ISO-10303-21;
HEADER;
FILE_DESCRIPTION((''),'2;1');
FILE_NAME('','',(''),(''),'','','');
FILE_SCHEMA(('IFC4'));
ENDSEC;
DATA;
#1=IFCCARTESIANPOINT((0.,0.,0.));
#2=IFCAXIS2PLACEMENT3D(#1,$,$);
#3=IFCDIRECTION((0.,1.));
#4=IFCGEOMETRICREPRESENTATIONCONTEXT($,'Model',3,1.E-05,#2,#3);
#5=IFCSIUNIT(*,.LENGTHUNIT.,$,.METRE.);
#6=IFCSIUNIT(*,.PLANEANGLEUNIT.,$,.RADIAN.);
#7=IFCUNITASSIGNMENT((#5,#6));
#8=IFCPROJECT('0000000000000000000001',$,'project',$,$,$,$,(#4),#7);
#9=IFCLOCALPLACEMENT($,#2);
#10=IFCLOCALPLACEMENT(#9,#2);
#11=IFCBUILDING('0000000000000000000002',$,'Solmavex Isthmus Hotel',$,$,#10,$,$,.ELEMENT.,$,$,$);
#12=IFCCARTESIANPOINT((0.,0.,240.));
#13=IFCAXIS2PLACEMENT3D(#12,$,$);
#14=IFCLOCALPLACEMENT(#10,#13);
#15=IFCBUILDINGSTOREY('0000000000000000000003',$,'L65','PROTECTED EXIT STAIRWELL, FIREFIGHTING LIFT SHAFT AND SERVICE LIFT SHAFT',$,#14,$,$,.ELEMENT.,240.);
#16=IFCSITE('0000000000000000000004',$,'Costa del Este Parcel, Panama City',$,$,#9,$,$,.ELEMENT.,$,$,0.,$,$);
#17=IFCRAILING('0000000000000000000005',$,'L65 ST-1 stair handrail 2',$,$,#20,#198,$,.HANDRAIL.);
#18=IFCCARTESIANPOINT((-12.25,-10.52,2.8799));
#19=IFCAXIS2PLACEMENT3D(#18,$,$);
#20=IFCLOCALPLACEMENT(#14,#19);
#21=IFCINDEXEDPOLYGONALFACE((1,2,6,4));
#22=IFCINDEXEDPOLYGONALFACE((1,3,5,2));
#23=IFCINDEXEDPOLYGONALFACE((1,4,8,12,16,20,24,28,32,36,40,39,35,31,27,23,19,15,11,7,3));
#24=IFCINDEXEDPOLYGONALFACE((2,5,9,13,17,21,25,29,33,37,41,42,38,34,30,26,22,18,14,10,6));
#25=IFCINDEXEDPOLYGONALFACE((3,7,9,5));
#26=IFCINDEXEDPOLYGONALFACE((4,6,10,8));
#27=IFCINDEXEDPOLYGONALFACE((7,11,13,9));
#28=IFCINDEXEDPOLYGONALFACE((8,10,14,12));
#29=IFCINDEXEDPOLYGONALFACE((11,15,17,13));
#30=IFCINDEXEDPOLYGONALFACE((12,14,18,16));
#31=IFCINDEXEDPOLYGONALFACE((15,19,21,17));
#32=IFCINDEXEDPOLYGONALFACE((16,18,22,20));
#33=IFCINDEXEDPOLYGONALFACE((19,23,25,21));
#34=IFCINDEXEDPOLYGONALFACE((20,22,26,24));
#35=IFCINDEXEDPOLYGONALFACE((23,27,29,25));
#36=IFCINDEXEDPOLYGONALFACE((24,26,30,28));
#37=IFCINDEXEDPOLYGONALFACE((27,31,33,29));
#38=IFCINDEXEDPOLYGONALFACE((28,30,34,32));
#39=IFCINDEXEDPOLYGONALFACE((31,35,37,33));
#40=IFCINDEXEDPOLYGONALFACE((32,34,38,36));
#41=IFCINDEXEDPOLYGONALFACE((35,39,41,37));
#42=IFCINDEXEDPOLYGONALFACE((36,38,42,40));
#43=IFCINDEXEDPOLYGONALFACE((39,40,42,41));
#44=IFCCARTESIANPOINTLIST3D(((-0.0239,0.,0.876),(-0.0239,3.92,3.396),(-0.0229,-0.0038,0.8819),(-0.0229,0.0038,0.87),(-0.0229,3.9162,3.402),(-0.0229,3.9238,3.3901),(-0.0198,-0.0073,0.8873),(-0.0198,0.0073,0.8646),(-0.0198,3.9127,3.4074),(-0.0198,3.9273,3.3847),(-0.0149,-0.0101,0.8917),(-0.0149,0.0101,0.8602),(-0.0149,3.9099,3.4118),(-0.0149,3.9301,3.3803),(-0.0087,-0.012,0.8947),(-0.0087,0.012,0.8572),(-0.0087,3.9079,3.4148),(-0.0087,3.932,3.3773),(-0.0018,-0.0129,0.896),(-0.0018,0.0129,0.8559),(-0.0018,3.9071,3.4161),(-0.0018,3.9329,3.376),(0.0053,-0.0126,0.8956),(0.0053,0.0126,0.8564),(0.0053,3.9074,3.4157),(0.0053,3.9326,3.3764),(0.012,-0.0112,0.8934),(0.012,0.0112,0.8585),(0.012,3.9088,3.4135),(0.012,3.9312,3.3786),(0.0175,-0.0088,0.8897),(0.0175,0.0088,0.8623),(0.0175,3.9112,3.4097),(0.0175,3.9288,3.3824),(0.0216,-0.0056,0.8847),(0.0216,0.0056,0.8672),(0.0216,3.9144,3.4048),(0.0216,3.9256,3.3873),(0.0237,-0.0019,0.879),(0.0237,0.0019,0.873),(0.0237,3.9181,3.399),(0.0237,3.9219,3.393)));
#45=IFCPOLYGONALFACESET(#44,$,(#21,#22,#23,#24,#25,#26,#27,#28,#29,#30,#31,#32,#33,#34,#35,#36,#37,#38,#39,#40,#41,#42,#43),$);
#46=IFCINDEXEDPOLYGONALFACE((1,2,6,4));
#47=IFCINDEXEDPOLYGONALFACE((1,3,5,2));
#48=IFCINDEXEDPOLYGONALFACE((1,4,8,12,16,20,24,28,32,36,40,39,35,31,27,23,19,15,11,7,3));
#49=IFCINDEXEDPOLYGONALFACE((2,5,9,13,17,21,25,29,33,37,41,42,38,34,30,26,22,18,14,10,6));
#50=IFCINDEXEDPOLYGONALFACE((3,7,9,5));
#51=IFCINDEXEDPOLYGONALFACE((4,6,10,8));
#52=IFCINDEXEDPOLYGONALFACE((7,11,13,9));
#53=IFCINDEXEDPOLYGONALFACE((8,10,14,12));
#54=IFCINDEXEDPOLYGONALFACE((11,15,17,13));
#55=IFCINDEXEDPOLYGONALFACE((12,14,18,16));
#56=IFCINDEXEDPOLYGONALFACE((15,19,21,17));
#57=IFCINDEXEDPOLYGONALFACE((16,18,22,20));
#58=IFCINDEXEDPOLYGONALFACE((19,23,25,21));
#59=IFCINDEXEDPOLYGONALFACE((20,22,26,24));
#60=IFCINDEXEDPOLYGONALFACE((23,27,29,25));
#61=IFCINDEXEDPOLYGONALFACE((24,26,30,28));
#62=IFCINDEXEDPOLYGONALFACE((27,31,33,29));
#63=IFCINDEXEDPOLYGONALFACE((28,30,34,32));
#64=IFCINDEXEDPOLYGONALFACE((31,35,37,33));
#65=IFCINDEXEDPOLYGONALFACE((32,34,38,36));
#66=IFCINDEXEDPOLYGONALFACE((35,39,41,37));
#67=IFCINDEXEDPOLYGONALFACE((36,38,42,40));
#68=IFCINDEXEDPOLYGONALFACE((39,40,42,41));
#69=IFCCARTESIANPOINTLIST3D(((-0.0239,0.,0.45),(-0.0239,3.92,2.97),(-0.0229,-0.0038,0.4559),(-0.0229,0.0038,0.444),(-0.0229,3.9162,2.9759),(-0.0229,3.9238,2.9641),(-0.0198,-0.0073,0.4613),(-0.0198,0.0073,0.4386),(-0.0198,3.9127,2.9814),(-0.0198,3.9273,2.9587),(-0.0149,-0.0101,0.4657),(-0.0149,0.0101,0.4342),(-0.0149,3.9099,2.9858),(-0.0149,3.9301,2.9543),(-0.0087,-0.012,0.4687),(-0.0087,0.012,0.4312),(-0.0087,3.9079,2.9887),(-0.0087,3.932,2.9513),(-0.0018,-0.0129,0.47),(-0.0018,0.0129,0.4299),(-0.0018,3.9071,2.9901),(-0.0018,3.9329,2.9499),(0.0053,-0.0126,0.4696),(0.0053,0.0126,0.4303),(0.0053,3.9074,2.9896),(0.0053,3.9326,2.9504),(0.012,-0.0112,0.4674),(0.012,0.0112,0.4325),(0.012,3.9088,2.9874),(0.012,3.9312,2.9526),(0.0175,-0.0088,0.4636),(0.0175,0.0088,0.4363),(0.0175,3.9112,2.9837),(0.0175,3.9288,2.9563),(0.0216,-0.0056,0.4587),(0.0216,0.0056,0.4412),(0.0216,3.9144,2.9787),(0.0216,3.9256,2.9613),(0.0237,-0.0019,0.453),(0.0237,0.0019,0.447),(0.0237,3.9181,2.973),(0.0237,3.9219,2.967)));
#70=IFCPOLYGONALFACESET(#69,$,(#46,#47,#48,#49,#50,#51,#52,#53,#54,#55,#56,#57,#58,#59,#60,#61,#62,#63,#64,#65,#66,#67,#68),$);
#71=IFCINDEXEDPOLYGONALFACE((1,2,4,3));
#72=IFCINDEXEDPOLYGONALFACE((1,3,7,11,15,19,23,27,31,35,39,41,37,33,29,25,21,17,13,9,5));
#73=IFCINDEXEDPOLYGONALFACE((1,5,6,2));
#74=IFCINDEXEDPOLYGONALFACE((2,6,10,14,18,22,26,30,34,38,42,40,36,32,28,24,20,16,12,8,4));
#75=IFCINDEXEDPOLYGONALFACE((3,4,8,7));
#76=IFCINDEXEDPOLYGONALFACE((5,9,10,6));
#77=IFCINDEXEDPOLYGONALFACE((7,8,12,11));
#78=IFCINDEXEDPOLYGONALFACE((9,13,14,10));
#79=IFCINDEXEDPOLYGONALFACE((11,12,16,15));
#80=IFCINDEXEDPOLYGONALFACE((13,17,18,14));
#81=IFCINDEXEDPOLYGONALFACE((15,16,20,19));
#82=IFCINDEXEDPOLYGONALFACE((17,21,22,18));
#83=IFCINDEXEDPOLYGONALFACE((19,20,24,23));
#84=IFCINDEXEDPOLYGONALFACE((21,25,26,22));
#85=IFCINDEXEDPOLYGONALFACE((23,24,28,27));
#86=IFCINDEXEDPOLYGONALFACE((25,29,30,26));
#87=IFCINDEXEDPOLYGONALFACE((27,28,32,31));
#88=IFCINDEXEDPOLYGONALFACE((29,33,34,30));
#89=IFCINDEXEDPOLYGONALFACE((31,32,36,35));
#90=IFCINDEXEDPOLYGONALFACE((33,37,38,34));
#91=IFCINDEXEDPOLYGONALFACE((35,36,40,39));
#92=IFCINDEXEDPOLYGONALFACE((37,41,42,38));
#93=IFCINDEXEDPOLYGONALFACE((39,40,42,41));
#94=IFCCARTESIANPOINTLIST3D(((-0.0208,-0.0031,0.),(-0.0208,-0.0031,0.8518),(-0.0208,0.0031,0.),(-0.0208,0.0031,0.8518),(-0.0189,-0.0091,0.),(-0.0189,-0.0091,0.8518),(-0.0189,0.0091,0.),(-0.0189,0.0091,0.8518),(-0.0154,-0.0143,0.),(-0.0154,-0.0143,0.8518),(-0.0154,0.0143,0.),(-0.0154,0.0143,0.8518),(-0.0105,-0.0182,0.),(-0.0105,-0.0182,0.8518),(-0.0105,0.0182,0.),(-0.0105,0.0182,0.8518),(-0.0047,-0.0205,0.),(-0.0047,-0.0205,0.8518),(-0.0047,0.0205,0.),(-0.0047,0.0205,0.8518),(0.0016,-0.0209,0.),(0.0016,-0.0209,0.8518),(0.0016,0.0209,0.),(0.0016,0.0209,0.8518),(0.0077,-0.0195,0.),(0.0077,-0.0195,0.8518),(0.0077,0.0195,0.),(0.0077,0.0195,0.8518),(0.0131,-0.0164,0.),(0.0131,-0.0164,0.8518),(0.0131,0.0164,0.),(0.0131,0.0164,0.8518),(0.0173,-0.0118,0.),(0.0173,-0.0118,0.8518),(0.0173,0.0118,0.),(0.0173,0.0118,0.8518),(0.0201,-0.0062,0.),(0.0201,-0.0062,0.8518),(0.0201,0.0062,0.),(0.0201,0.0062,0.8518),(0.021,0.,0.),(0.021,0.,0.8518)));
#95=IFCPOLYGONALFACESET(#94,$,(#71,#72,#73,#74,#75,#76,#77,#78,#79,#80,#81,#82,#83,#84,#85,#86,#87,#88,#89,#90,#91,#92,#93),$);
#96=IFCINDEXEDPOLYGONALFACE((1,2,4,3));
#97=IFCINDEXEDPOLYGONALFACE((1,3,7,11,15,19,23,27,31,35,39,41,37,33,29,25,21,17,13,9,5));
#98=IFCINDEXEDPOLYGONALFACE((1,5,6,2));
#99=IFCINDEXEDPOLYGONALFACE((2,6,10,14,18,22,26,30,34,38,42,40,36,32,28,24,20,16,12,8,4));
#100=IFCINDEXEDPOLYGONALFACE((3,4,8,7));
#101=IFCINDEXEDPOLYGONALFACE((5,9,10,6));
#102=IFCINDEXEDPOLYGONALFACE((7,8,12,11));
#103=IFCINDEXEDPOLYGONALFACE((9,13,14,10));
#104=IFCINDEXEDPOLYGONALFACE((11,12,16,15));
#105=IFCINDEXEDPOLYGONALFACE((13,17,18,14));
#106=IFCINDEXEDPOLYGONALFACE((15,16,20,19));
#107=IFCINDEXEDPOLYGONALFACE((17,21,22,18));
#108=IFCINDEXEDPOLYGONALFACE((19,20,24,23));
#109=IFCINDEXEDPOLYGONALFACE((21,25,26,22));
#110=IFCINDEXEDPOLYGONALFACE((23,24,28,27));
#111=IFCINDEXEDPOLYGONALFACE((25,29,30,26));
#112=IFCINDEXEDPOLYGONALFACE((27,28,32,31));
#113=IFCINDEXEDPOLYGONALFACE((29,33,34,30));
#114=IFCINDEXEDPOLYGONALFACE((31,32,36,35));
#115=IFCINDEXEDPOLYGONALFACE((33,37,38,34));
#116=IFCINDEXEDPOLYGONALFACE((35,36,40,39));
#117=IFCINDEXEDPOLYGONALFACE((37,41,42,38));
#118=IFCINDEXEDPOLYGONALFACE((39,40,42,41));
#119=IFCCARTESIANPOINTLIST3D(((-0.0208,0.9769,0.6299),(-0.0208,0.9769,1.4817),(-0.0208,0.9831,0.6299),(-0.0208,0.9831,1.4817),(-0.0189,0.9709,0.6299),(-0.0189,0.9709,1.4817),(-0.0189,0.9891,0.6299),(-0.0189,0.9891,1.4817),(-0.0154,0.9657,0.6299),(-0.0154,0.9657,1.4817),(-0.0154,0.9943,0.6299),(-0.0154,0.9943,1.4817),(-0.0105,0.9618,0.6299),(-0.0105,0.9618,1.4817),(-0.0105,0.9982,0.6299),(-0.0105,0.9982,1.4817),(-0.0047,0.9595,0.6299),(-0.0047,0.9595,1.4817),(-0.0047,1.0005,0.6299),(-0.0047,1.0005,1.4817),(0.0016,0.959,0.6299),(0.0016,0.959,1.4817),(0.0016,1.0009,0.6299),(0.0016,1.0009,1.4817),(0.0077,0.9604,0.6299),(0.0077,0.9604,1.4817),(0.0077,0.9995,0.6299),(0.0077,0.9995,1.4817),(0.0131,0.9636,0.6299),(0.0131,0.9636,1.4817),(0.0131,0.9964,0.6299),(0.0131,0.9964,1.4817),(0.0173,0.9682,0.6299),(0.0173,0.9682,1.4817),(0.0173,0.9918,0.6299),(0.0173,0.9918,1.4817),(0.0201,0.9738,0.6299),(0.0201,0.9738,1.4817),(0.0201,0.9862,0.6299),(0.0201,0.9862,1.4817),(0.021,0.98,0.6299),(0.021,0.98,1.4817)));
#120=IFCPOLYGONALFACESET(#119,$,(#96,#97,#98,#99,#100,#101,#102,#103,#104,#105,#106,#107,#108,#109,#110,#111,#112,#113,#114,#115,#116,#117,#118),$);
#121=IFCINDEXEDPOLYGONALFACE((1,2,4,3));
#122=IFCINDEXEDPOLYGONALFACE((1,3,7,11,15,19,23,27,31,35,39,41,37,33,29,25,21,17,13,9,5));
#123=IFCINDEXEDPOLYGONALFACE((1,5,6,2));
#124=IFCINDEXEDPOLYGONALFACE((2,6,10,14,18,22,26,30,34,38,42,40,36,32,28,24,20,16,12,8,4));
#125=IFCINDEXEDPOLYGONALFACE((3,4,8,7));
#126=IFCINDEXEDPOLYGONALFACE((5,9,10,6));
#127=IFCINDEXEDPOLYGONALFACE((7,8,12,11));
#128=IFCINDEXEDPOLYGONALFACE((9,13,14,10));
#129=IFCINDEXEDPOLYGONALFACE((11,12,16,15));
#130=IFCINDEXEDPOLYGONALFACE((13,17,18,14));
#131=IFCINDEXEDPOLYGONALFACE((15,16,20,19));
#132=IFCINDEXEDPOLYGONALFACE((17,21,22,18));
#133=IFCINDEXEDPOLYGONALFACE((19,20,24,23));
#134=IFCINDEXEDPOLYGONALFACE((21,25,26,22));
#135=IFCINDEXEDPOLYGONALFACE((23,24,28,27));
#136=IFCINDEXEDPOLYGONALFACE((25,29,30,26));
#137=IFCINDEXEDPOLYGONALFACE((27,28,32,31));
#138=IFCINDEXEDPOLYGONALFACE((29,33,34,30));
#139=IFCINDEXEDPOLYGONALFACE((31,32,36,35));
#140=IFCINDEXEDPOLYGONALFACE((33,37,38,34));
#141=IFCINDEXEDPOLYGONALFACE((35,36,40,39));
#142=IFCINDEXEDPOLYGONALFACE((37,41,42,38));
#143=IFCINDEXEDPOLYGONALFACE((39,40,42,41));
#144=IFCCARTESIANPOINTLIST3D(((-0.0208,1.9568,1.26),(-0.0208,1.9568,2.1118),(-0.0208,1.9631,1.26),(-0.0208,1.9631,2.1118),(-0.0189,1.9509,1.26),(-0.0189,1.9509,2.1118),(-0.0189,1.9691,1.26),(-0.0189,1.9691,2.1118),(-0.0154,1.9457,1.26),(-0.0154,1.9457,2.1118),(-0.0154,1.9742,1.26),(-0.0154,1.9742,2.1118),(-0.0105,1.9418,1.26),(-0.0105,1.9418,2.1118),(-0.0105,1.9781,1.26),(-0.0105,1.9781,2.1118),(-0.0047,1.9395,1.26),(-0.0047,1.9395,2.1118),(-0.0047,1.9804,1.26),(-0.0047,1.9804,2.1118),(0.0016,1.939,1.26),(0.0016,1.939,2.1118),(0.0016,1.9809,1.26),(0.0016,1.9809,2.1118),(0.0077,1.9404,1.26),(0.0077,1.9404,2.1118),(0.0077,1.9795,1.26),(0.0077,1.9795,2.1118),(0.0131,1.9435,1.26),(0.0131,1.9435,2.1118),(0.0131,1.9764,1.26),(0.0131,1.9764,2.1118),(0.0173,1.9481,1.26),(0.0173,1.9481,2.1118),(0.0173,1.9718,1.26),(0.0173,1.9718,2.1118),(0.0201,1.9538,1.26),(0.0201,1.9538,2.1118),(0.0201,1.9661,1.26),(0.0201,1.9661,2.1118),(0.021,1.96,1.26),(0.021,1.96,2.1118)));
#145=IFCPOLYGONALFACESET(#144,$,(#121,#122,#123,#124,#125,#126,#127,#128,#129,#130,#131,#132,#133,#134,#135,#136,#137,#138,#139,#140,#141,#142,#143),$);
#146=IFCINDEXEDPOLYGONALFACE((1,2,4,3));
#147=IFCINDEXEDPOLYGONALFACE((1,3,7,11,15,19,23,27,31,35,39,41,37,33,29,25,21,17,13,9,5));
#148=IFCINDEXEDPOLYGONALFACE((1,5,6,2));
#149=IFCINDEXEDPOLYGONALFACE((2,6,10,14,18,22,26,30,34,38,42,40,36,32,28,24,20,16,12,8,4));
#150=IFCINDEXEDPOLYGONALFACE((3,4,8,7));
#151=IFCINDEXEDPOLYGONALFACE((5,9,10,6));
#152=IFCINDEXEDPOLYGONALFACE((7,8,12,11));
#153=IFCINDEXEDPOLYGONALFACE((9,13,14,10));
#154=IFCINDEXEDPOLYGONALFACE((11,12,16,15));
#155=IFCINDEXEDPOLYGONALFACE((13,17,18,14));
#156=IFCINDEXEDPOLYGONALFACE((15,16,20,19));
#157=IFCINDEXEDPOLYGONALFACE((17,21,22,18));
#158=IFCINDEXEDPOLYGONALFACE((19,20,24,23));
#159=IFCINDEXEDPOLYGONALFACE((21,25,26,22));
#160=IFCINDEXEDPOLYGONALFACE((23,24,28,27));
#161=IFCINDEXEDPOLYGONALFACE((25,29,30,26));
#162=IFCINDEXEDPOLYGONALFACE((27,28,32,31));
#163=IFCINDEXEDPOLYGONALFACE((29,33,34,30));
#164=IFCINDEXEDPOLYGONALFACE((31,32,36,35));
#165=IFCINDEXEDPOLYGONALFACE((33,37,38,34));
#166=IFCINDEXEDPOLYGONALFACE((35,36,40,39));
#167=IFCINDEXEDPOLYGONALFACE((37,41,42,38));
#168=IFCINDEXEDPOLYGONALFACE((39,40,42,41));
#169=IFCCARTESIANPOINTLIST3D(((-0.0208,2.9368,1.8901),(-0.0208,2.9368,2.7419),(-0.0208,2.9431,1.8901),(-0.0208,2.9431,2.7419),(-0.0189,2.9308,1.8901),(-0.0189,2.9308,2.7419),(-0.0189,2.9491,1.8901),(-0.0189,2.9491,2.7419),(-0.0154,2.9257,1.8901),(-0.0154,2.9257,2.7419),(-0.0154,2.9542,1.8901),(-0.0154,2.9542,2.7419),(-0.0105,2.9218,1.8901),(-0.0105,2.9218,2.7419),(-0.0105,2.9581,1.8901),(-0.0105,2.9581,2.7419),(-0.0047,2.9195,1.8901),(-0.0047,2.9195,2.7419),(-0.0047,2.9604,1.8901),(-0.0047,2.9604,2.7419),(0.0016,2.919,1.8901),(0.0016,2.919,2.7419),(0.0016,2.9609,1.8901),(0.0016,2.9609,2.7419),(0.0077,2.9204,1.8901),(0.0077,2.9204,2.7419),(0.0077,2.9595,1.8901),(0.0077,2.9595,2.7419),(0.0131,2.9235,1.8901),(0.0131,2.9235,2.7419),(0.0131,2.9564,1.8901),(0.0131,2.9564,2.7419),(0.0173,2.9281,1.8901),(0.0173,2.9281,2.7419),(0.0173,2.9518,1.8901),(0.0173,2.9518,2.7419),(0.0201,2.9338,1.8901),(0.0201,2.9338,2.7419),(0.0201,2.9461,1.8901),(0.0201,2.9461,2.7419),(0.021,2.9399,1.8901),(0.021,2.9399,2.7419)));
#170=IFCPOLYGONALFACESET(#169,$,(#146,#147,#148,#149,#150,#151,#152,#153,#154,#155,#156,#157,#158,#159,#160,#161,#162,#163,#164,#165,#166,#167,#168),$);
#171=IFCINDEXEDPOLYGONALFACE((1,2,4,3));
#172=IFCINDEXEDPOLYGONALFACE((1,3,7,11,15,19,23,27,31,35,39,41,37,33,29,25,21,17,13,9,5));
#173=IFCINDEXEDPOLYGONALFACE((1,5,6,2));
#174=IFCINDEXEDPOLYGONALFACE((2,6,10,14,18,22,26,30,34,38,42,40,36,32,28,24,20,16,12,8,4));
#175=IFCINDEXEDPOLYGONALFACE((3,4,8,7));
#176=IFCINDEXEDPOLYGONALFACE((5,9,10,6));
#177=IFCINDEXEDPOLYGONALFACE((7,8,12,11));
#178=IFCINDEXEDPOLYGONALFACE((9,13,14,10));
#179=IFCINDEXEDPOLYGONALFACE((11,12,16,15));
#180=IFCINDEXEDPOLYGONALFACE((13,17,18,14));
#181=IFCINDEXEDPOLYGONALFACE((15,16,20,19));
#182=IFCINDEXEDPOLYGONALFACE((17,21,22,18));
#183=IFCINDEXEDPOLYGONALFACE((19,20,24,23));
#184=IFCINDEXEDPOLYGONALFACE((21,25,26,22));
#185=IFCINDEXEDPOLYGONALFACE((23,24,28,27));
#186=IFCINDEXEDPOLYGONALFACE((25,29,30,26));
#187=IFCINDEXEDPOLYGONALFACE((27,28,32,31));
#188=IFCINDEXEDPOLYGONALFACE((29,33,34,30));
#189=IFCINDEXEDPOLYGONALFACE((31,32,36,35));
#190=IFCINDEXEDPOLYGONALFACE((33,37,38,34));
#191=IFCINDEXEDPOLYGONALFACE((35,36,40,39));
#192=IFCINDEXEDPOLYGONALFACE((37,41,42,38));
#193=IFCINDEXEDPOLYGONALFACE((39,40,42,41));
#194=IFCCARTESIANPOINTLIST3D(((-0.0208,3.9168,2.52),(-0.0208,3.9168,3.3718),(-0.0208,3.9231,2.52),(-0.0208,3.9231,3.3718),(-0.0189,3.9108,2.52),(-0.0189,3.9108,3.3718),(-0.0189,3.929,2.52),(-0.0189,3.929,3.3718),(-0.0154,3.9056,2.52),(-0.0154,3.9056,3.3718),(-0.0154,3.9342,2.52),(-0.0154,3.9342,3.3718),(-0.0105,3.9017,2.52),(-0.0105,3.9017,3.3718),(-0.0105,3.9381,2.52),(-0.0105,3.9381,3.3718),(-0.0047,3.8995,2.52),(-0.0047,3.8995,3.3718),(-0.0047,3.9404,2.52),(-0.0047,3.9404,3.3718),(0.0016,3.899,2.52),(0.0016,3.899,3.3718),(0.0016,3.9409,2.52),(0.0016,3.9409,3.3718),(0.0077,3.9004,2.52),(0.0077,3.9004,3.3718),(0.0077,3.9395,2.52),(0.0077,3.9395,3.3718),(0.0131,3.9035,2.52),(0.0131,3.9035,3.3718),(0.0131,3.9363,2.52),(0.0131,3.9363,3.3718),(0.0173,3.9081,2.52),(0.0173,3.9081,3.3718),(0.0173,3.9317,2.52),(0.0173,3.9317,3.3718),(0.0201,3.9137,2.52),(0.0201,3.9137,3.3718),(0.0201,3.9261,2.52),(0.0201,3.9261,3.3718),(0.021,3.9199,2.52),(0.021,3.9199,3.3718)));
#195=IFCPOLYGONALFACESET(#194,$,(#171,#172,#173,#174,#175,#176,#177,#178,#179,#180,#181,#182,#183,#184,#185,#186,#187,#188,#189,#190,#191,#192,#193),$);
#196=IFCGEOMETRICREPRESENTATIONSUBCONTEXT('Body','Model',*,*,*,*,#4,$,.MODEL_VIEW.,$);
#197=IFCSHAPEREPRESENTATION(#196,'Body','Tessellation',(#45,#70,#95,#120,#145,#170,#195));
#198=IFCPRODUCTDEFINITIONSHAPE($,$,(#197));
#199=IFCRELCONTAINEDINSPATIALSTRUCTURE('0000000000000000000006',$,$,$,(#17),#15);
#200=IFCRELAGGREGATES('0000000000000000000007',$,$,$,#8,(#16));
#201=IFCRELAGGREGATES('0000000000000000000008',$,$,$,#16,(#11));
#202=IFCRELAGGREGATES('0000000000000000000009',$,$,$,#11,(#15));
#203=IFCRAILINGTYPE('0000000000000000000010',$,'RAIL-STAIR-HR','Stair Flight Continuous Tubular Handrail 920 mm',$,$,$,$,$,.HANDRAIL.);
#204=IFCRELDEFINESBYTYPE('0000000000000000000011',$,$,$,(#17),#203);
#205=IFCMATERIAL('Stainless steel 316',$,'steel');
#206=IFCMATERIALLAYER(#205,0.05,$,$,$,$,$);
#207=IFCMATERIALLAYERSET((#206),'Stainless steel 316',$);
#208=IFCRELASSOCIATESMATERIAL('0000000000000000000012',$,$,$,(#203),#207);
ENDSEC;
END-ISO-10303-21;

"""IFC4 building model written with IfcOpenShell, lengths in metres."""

from ifc_helpers import new_model, si_unit, direction, frame, origin, origin_2d, place, context, subcontext, project, spatial, circle, extrude, material, layer, layer_set, type_object, element, save


model = new_model("IFC4")

# Units and contexts
model_context = context("Model", 3, precision=1e-05, world=origin(), true_north=direction((0.0, 1.0)))
body_context = subcontext(model_context, "Body", "Model", "MODEL_VIEW")
ifc_project = project(units=[si_unit("LENGTHUNIT", "METRE"), si_unit("PLANEANGLEUNIT", "RADIAN")], contexts=[model_context])

# Site, building, storey
site_placement = place(None, origin())
site = spatial("IfcSite", under=ifc_project, at=site_placement, Name="Costa del Este Parcel, Panama City", CompositionType="ELEMENT", RefElevation=0.0)
building_placement = place(site_placement, origin())
building = spatial("IfcBuilding", under=site, at=building_placement, Name="Solmavex Isthmus Hotel", CompositionType="ELEMENT")
storey_placement = place(building_placement, frame((0.0, 0.0, 240.0)))
storey = spatial("IfcBuildingStorey", under=building, at=storey_placement, Name="L65", Description="PROTECTED EXIT STAIRWELL, FIREFIGHTING LIFT SHAFT AND SERVICE LIFT SHAFT", CompositionType="ELEMENT", Elevation=240.0)

# Railing
ifc_material_1 = material(Name="Stainless steel 316", Category="steel")
ifc_layer_1 = layer(ifc_material_1, 0.05)
ifc_layer_set_1 = layer_set([ifc_layer_1], Name="Stainless steel 316")
railing_type_1 = type_object("IfcRailingType", Name="RAIL-STAIR-HR", Description="Stair Flight Continuous Tubular Handrail 920 mm", PredefinedType="HANDRAIL", material=ifc_layer_set_1)
railing_1_placement = place(storey_placement, frame((-12.25, -10.52, 2.8799)))
element("IfcRailing", 1, at=railing_1_placement, inside=storey, type_object=railing_type_1, Name="L65 ST-1 stair handrail 2", PredefinedType="HANDRAIL", context=body_context, shape_type="SweptSolid", body=[
    extrude(circle(Radius=0.0239, at=origin_2d()), frame((0.0, 0.0, 0.876), z_axis=(0.0, 0.841172, 0.540768), x_axis=(-1.0, 0.0, 0.0)), (0.0, 0.0, 1.0), 4.6602),
    extrude(circle(Radius=0.0239, at=origin_2d()), frame((0.0, 0.0, 0.45), z_axis=(0.0, 0.841172, 0.540768), x_axis=(-1.0, 0.0, 0.0)), (0.0, 0.0, 1.0), 4.6602),
    extrude(circle(Radius=0.021, at=origin_2d()), origin(), (0.0, 0.0, 1.0), 0.8518),
    extrude(circle(Radius=0.021, at=origin_2d()), frame((0.0, 0.98, 0.6299)), (0.0, 0.0, 1.0), 0.8518),
    extrude(circle(Radius=0.021, at=origin_2d()), frame((0.0, 1.96, 1.26)), (0.0, 0.0, 1.0), 0.8518),
    extrude(circle(Radius=0.021, at=origin_2d()), frame((0.0, 2.9399, 1.8901)), (0.0, 0.0, 1.0), 0.8518),
    extrude(circle(Radius=0.021, at=origin_2d()), frame((0.0, 3.9199, 2.52)), (0.0, 0.0, 1.0), 0.8518),
])

save(model, "model.ifc")
